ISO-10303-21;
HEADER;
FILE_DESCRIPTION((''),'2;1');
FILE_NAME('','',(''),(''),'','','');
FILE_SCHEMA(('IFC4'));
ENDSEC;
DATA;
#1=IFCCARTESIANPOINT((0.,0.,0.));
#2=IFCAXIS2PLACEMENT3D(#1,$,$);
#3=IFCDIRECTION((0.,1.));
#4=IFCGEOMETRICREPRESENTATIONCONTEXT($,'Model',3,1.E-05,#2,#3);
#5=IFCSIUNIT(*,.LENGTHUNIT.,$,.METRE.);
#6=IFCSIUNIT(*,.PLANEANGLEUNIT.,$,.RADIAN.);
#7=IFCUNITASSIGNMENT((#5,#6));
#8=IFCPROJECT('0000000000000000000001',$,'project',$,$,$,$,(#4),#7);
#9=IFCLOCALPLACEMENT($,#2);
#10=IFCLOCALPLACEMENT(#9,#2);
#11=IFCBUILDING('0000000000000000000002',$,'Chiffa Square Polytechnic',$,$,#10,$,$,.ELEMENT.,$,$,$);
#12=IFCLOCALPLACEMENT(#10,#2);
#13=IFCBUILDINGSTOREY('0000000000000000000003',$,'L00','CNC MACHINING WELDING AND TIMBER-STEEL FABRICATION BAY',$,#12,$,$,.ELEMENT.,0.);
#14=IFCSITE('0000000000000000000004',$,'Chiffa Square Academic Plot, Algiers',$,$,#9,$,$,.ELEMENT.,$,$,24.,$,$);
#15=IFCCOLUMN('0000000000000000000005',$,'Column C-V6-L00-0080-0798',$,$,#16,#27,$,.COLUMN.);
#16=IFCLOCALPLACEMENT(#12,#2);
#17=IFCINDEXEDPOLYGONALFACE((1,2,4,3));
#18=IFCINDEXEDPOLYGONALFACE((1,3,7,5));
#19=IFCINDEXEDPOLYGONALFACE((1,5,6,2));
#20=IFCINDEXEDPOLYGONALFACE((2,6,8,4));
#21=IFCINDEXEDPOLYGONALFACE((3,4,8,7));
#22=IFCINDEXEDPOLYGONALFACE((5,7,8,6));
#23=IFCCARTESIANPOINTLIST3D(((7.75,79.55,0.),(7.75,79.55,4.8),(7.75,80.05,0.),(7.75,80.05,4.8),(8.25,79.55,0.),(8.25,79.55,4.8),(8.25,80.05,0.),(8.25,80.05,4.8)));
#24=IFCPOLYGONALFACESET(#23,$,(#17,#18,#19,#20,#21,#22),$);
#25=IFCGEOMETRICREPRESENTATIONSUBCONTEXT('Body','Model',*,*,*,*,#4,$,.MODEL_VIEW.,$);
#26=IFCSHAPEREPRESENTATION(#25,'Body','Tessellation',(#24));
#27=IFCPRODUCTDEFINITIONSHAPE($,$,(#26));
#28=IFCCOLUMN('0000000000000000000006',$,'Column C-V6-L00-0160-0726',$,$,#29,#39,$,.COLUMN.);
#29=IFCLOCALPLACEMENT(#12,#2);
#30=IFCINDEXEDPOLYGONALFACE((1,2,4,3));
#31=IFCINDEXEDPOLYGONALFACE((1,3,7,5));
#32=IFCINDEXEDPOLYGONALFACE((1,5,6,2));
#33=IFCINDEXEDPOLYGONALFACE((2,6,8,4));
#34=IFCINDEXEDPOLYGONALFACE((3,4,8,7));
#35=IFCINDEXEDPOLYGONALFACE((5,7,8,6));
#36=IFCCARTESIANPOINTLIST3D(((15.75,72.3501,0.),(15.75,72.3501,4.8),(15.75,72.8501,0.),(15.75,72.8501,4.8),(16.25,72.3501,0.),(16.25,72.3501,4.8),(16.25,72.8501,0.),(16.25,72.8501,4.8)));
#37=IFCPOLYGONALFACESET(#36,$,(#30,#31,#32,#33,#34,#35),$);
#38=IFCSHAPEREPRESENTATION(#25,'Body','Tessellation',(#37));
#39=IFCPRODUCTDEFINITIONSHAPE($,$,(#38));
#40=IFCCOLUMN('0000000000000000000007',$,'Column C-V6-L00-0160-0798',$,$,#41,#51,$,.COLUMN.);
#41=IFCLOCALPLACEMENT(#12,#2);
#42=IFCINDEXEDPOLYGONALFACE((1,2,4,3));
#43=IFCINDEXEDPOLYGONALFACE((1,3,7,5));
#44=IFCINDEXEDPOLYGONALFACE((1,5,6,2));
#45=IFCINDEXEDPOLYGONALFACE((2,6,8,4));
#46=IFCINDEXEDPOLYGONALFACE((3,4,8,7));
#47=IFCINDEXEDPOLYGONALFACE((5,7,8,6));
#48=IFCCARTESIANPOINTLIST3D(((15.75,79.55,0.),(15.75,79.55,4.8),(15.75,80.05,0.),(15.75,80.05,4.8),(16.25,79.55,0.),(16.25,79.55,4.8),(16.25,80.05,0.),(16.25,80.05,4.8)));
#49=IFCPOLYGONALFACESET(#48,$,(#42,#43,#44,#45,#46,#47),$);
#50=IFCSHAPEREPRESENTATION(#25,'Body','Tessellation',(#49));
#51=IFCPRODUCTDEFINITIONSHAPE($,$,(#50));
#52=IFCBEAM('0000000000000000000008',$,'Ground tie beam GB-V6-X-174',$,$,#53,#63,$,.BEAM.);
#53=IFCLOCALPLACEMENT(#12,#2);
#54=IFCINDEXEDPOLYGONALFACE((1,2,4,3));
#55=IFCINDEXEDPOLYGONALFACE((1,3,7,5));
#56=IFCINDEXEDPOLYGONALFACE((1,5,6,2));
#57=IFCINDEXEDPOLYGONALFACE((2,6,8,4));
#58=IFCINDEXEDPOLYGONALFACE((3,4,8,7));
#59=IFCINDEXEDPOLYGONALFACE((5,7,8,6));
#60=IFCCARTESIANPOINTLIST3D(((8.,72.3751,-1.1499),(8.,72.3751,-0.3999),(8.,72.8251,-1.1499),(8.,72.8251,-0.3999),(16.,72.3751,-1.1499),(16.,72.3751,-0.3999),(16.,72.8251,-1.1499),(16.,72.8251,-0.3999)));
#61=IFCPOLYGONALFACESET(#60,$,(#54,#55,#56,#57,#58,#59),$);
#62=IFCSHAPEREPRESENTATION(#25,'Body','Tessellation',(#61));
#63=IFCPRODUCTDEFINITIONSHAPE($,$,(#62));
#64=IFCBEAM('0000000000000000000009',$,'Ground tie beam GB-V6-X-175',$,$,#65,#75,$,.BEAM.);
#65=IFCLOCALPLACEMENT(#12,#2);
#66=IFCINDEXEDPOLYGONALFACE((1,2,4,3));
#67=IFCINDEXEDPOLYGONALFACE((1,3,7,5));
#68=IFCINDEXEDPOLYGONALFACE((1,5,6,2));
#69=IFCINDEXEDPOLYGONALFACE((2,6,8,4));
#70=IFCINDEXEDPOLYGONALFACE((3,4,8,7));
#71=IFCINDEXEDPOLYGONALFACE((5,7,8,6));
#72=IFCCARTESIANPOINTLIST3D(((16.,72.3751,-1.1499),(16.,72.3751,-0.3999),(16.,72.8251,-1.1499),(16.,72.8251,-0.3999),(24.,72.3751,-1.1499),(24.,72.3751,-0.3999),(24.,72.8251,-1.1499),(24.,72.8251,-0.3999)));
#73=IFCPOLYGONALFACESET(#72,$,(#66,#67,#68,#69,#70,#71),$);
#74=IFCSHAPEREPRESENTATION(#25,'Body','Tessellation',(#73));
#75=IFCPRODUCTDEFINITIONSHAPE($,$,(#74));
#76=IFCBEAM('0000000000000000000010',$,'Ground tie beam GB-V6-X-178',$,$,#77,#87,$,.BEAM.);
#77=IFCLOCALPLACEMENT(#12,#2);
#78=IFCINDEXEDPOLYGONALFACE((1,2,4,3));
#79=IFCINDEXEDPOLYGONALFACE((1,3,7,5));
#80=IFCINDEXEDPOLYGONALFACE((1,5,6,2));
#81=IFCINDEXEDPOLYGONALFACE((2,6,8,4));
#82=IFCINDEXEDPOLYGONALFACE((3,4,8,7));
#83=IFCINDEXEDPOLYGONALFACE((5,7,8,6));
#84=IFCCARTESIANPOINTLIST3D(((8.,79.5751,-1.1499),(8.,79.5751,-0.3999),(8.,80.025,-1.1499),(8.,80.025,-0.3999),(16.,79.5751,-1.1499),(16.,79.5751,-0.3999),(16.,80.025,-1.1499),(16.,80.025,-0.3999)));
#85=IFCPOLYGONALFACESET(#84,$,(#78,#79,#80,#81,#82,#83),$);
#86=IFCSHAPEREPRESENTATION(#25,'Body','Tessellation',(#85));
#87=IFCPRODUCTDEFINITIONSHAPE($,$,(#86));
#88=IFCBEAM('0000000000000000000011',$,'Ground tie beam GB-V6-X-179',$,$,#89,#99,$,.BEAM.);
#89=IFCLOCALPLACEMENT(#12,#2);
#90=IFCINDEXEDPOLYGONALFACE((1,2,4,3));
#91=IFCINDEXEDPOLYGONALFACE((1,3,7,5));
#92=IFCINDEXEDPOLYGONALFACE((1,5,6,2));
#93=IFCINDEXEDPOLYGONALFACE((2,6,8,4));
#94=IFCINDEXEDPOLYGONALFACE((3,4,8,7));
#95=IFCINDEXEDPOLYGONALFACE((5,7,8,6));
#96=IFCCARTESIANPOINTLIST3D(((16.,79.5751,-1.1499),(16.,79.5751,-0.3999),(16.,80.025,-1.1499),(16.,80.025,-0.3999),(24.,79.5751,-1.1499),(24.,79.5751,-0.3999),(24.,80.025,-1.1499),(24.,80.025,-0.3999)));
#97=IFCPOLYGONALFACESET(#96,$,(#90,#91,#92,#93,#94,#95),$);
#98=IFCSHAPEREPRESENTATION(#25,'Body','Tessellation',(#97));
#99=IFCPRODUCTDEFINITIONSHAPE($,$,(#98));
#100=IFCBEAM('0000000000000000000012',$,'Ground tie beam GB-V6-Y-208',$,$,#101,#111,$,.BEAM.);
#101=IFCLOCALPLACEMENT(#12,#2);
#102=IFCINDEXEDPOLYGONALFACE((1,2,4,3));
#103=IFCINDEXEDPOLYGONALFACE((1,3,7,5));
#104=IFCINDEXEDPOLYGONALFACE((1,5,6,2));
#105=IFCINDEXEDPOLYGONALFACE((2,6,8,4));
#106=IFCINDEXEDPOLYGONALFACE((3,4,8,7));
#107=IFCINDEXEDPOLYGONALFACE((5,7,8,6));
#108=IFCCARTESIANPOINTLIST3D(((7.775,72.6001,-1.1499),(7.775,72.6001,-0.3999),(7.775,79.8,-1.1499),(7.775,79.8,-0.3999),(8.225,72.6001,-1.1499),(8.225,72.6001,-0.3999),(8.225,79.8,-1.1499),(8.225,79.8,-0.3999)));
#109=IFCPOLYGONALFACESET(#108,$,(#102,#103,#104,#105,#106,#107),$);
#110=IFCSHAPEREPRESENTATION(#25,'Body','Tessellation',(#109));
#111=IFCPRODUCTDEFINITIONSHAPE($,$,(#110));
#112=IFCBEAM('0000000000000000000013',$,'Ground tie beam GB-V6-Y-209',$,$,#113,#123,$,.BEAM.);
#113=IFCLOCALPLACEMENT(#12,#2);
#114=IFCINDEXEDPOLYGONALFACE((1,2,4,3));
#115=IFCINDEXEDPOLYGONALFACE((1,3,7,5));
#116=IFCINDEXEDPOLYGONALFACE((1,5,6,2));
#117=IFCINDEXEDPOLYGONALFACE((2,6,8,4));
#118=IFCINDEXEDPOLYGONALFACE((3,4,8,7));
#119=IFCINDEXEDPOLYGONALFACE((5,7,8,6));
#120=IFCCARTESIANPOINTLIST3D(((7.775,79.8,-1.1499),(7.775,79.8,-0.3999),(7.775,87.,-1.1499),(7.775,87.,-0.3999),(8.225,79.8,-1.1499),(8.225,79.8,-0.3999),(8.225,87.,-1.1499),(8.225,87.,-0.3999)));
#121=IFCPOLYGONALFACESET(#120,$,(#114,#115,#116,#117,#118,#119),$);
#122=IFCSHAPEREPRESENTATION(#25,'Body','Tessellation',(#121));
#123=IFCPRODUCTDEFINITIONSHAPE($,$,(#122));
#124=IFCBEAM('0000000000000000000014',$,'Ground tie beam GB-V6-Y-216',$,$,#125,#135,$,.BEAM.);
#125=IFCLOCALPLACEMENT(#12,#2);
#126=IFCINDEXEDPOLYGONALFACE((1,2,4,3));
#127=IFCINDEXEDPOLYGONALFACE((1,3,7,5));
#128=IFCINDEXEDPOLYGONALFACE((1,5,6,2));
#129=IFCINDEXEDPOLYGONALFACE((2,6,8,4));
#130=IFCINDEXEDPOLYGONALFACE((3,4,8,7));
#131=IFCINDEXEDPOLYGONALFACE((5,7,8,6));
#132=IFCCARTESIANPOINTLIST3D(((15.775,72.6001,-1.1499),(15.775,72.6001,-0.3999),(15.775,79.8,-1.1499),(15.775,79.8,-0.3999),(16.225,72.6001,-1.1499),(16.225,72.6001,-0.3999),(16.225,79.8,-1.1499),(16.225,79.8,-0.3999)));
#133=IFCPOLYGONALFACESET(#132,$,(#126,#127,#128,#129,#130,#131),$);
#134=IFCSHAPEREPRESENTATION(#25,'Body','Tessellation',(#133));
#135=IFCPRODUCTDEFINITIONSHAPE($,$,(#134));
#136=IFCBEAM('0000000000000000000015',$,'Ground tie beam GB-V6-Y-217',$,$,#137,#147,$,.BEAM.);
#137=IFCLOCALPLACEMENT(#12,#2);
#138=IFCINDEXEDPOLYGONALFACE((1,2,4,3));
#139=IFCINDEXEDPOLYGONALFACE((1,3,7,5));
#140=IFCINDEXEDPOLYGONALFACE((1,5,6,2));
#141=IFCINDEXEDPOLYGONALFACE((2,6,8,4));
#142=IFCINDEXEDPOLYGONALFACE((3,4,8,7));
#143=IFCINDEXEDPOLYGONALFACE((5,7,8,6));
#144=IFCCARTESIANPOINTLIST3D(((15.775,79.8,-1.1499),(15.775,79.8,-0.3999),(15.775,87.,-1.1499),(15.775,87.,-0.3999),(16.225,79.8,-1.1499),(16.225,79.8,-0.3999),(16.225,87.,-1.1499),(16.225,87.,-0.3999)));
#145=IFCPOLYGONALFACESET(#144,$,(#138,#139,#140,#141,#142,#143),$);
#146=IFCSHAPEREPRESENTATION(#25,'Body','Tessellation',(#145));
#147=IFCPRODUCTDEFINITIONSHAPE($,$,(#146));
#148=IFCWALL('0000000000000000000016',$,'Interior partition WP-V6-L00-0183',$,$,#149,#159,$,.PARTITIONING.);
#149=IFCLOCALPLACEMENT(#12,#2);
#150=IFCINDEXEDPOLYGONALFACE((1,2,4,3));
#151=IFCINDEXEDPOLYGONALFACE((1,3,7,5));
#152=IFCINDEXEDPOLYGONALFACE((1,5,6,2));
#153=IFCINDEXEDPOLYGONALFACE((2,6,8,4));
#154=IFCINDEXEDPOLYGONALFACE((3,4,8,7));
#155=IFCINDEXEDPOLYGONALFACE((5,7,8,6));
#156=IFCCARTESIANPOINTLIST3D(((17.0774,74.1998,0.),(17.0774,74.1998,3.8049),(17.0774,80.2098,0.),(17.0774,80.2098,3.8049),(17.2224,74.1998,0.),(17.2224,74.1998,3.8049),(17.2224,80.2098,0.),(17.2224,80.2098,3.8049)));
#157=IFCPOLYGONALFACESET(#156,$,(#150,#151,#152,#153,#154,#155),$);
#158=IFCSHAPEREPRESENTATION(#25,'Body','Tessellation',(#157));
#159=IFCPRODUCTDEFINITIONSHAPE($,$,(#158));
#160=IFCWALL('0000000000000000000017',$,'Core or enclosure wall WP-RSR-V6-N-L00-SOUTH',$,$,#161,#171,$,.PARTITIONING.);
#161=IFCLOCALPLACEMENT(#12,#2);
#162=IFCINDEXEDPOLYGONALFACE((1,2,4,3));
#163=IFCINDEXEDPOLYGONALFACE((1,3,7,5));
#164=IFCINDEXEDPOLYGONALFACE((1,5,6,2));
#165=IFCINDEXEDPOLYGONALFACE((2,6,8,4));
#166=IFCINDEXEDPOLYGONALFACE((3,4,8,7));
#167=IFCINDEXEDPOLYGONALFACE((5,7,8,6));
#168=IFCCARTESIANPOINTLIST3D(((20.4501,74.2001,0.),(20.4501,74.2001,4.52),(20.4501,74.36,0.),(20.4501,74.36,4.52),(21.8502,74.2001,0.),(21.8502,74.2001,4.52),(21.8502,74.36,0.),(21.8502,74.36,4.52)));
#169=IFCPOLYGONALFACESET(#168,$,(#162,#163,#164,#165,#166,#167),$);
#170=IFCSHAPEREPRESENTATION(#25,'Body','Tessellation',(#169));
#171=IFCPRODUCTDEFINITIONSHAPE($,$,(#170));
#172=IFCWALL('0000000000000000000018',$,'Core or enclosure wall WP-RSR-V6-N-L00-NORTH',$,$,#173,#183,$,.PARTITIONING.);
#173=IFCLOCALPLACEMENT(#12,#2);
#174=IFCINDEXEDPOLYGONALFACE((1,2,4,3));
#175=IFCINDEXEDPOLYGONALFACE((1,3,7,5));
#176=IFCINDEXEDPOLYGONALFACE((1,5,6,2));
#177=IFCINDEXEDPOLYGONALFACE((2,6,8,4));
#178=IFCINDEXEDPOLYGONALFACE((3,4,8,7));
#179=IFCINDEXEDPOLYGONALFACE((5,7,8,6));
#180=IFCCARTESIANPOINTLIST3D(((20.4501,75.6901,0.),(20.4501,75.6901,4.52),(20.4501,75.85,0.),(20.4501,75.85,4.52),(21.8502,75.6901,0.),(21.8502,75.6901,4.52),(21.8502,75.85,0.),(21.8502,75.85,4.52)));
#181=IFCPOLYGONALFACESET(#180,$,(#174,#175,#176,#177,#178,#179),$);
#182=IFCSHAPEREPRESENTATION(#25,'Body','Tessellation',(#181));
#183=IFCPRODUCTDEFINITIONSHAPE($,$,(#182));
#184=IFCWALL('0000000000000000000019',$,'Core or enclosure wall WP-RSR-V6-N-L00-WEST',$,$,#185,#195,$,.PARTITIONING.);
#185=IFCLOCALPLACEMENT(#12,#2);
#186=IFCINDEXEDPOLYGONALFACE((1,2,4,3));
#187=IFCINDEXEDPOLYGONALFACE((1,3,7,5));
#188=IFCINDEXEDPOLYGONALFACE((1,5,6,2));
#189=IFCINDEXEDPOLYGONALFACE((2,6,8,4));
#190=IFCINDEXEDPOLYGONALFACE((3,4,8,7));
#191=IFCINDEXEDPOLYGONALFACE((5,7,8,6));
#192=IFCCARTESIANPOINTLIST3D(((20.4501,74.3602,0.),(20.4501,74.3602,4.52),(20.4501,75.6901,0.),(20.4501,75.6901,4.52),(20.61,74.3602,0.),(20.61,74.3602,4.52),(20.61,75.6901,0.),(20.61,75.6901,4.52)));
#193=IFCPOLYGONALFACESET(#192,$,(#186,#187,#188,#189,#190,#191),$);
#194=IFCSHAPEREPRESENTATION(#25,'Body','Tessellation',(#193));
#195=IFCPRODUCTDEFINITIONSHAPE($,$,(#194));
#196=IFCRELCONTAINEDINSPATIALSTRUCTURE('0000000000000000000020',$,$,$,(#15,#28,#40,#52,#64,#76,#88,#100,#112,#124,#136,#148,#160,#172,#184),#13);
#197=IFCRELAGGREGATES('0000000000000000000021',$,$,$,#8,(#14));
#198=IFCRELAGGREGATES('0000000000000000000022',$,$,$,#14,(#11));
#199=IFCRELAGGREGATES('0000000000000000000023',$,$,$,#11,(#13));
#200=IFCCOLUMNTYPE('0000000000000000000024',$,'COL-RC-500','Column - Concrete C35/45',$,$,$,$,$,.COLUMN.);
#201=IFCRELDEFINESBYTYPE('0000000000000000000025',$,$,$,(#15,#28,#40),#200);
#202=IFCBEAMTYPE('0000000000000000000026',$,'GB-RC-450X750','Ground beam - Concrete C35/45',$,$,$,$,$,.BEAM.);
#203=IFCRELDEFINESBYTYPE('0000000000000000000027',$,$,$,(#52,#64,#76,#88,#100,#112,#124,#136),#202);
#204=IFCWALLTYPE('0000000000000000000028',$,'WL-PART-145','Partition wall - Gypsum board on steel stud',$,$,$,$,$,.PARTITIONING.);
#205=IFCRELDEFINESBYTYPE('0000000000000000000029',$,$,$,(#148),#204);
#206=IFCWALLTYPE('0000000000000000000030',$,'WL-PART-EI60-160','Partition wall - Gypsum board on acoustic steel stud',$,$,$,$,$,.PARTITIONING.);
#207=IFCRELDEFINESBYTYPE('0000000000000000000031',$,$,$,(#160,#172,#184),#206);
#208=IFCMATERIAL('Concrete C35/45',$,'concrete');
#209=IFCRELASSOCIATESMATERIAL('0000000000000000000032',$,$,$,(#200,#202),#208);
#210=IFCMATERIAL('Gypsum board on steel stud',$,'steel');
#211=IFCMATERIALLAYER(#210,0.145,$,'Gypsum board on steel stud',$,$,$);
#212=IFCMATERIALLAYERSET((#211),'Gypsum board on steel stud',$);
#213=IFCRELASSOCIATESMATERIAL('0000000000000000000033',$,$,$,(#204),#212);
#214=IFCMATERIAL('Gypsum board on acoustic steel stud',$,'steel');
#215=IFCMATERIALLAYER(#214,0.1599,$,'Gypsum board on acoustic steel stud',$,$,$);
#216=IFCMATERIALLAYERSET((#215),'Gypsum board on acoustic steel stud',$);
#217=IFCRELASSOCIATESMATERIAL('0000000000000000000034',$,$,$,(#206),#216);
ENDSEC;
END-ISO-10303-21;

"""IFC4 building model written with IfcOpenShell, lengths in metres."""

from ifc_helpers import new_model, si_unit, direction, frame, frame_2d, origin, origin_2d, place, context, subcontext, project, spatial, rectangle, extrude, material, layer, layer_set, material_profile, profile_set, type_object, element, save


model = new_model("IFC4")

# Units and contexts
model_context = context("Model", 3, precision=1e-05, world=origin(), true_north=direction((0.0, 1.0)))
body_context = subcontext(model_context, "Body", "Model", "MODEL_VIEW")
ifc_project = project(units=[si_unit("LENGTHUNIT", "METRE"), si_unit("PLANEANGLEUNIT", "RADIAN")], contexts=[model_context])

# Site, building, storey
site_placement = place(None, origin())
site = spatial("IfcSite", under=ifc_project, at=site_placement, Name="Chiffa Square Academic Plot, Algiers", CompositionType="ELEMENT", RefElevation=24.0)
building_placement = place(site_placement, origin())
building = spatial("IfcBuilding", under=site, at=building_placement, Name="Chiffa Square Polytechnic", CompositionType="ELEMENT")
storey_placement = place(building_placement, origin())
storey = spatial("IfcBuildingStorey", under=building, at=storey_placement, Name="L00", Description="CNC MACHINING WELDING AND TIMBER-STEEL FABRICATION BAY", CompositionType="ELEMENT", Elevation=0.0)

# Columns
ifc_material_1 = material(Name="Concrete C35/45", Category="concrete")
ifc_material_profile_1 = material_profile(ifc_material_1, rectangle(XDim=0.5, YDim=0.5, at=origin_2d()), Name="RC 500x500")
ifc_profile_set_1 = profile_set([ifc_material_profile_1], Name="Concrete C35/45")
column_type = type_object("IfcColumnType", Name="COL-RC-500", Description="Column - Concrete C35/45", PredefinedType="COLUMN", material=ifc_profile_set_1)
for number, where, z_axis, x_axis, name in (
    (1, (8.0, 79.8, 0.0), (0.0, 0.0, 1.0), (1.0, 0.0, 0.0), "Column C-V6-L00-0080-0798"),
    (2, (16.0, 72.6001, 0.0), (0.0, 0.0, 1.0), (1.0, 0.0, 0.0), "Column C-V6-L00-0160-0726"),
    (3, (16.0, 79.8, 0.0), (0.0, 0.0, 1.0), (1.0, 0.0, 0.0), "Column C-V6-L00-0160-0798"),
):
    element("IfcColumn", number, at=place(storey_placement, frame(where, z_axis=z_axis, x_axis=x_axis)), inside=storey, type_object=column_type, Name=name, PredefinedType="COLUMN", context=body_context, shape_type="SweptSolid", body=[
        extrude(rectangle(XDim=0.5, YDim=0.5, at=origin_2d()), origin(), (0.0, 0.0, 1.0), 4.8),
    ])

# Beams
ifc_material_profile_2 = material_profile(ifc_material_1, rectangle(XDim=0.45, YDim=0.75, at=origin_2d()), Name="RC 450x750")
ifc_profile_set_2 = profile_set([ifc_material_profile_2], Name="Concrete C35/45")
beam_type = type_object("IfcBeamType", Name="GB-RC-450X750", Description="Ground beam - Concrete C35/45", PredefinedType="BEAM", material=ifc_profile_set_2)
for number, where, z_axis, x_axis, name in (
    (4, (8.0, 72.6001, -0.7749), (1.0, 0.0, 0.0), (0.0, 1.0, 0.0), "Ground tie beam GB-V6-X-174"),
    (5, (16.0, 72.6001, -0.7749), (1.0, 0.0, 0.0), (0.0, 1.0, 0.0), "Ground tie beam GB-V6-X-175"),
    (6, (8.0, 79.8, -0.7749), (1.0, 0.0, 0.0), (0.0, 1.0, 0.0), "Ground tie beam GB-V6-X-178"),
    (7, (16.0, 79.8, -0.7749), (1.0, 0.0, 0.0), (0.0, 1.0, 0.0), "Ground tie beam GB-V6-X-179"),
):
    element("IfcBeam", number, at=place(storey_placement, frame(where, z_axis=z_axis, x_axis=x_axis)), inside=storey, type_object=beam_type, Name=name, PredefinedType="BEAM", context=body_context, shape_type="SweptSolid", body=[
        extrude(rectangle(XDim=0.45, YDim=0.75, at=origin_2d()), origin(), (0.0, 0.0, 1.0), 8.0),
    ])
for number, where, z_axis, x_axis, name in (
    (8, (8.0, 72.6001, -0.7749), (0.0, 1.0, 0.0), (-1.0, 0.0, 0.0), "Ground tie beam GB-V6-Y-208"),
    (9, (8.0, 79.8, -0.7749), (0.0, 1.0, 0.0), (-1.0, 0.0, 0.0), "Ground tie beam GB-V6-Y-209"),
    (10, (16.0, 72.6001, -0.7749), (0.0, 1.0, 0.0), (-1.0, 0.0, 0.0), "Ground tie beam GB-V6-Y-216"),
    (11, (16.0, 79.8, -0.7749), (0.0, 1.0, 0.0), (-1.0, 0.0, 0.0), "Ground tie beam GB-V6-Y-217"),
):
    element("IfcBeam", number, at=place(storey_placement, frame(where, z_axis=z_axis, x_axis=x_axis)), inside=storey, type_object=beam_type, Name=name, PredefinedType="BEAM", context=body_context, shape_type="SweptSolid", body=[
        extrude(rectangle(XDim=0.45, YDim=0.75, at=origin_2d()), origin(), (0.0, 0.0, 1.0), 7.2),
    ])

# Walls
ifc_material_2 = material(Name="Gypsum board on steel stud", Category="steel")
ifc_layer_1 = layer(ifc_material_2, 0.145, Name="Gypsum board on steel stud")
ifc_layer_set_1 = layer_set([ifc_layer_1], Name="Gypsum board on steel stud")
wall_type_1 = type_object("IfcWallType", Name="WL-PART-145", Description="Partition wall - Gypsum board on steel stud", PredefinedType="PARTITIONING", material=ifc_layer_set_1)
wall_1_placement = place(storey_placement, frame((17.1499, 74.2, 0.0), z_axis=(0.0, 0.0, 1.0), x_axis=(0.0, 1.0, 0.0)))
element("IfcWall", 12, at=wall_1_placement, inside=storey, type_object=wall_type_1, Name="Interior partition WP-V6-L00-0183", PredefinedType="PARTITIONING", context=body_context, shape_type="SweptSolid", body=[
    extrude(rectangle(XDim=6.01, YDim=0.145, at=frame_2d((3.0049, 0.0))), origin(), (0.0, 0.0, 1.0), 3.8049),
])
ifc_material_3 = material(Name="Gypsum board on acoustic steel stud", Category="steel")
ifc_layer_2 = layer(ifc_material_3, 0.1599, Name="Gypsum board on acoustic steel stud")
ifc_layer_set_2 = layer_set([ifc_layer_2], Name="Gypsum board on acoustic steel stud")
wall_type_2 = type_object("IfcWallType", Name="WL-PART-EI60-160", Description="Partition wall - Gypsum board on acoustic steel stud", PredefinedType="PARTITIONING", material=ifc_layer_set_2)
for number, where, z_axis, x_axis, name in (
    (13, (20.45, 74.28, 0.0), (0.0, 0.0, 1.0), (1.0, 0.0, 0.0), "Core or enclosure wall WP-RSR-V6-N-L00-SOUTH"),
    (14, (20.45, 75.77, 0.0), (0.0, 0.0, 1.0), (1.0, 0.0, 0.0), "Core or enclosure wall WP-RSR-V6-N-L00-NORTH"),
):
    element("IfcWall", number, at=place(storey_placement, frame(where, z_axis=z_axis, x_axis=x_axis)), inside=storey, type_object=wall_type_2, Name=name, PredefinedType="PARTITIONING", context=body_context, shape_type="SweptSolid", body=[
        extrude(rectangle(XDim=1.4001, YDim=0.1599, at=frame_2d((0.7002, 0.0))), origin(), (0.0, 0.0, 1.0), 4.52),
    ])
wall_2_placement = place(storey_placement, frame((20.53, 74.3601, 0.0), z_axis=(0.0, 0.0, 1.0), x_axis=(0.0, 1.0, 0.0)))
element("IfcWall", 15, at=wall_2_placement, inside=storey, type_object=wall_type_2, Name="Core or enclosure wall WP-RSR-V6-N-L00-WEST", PredefinedType="PARTITIONING", context=body_context, shape_type="SweptSolid", body=[
    extrude(rectangle(XDim=1.3298, YDim=0.1599, at=frame_2d((0.665, 0.0))), origin(), (0.0, 0.0, 1.0), 4.52),
])

save(model, "model.ifc")
